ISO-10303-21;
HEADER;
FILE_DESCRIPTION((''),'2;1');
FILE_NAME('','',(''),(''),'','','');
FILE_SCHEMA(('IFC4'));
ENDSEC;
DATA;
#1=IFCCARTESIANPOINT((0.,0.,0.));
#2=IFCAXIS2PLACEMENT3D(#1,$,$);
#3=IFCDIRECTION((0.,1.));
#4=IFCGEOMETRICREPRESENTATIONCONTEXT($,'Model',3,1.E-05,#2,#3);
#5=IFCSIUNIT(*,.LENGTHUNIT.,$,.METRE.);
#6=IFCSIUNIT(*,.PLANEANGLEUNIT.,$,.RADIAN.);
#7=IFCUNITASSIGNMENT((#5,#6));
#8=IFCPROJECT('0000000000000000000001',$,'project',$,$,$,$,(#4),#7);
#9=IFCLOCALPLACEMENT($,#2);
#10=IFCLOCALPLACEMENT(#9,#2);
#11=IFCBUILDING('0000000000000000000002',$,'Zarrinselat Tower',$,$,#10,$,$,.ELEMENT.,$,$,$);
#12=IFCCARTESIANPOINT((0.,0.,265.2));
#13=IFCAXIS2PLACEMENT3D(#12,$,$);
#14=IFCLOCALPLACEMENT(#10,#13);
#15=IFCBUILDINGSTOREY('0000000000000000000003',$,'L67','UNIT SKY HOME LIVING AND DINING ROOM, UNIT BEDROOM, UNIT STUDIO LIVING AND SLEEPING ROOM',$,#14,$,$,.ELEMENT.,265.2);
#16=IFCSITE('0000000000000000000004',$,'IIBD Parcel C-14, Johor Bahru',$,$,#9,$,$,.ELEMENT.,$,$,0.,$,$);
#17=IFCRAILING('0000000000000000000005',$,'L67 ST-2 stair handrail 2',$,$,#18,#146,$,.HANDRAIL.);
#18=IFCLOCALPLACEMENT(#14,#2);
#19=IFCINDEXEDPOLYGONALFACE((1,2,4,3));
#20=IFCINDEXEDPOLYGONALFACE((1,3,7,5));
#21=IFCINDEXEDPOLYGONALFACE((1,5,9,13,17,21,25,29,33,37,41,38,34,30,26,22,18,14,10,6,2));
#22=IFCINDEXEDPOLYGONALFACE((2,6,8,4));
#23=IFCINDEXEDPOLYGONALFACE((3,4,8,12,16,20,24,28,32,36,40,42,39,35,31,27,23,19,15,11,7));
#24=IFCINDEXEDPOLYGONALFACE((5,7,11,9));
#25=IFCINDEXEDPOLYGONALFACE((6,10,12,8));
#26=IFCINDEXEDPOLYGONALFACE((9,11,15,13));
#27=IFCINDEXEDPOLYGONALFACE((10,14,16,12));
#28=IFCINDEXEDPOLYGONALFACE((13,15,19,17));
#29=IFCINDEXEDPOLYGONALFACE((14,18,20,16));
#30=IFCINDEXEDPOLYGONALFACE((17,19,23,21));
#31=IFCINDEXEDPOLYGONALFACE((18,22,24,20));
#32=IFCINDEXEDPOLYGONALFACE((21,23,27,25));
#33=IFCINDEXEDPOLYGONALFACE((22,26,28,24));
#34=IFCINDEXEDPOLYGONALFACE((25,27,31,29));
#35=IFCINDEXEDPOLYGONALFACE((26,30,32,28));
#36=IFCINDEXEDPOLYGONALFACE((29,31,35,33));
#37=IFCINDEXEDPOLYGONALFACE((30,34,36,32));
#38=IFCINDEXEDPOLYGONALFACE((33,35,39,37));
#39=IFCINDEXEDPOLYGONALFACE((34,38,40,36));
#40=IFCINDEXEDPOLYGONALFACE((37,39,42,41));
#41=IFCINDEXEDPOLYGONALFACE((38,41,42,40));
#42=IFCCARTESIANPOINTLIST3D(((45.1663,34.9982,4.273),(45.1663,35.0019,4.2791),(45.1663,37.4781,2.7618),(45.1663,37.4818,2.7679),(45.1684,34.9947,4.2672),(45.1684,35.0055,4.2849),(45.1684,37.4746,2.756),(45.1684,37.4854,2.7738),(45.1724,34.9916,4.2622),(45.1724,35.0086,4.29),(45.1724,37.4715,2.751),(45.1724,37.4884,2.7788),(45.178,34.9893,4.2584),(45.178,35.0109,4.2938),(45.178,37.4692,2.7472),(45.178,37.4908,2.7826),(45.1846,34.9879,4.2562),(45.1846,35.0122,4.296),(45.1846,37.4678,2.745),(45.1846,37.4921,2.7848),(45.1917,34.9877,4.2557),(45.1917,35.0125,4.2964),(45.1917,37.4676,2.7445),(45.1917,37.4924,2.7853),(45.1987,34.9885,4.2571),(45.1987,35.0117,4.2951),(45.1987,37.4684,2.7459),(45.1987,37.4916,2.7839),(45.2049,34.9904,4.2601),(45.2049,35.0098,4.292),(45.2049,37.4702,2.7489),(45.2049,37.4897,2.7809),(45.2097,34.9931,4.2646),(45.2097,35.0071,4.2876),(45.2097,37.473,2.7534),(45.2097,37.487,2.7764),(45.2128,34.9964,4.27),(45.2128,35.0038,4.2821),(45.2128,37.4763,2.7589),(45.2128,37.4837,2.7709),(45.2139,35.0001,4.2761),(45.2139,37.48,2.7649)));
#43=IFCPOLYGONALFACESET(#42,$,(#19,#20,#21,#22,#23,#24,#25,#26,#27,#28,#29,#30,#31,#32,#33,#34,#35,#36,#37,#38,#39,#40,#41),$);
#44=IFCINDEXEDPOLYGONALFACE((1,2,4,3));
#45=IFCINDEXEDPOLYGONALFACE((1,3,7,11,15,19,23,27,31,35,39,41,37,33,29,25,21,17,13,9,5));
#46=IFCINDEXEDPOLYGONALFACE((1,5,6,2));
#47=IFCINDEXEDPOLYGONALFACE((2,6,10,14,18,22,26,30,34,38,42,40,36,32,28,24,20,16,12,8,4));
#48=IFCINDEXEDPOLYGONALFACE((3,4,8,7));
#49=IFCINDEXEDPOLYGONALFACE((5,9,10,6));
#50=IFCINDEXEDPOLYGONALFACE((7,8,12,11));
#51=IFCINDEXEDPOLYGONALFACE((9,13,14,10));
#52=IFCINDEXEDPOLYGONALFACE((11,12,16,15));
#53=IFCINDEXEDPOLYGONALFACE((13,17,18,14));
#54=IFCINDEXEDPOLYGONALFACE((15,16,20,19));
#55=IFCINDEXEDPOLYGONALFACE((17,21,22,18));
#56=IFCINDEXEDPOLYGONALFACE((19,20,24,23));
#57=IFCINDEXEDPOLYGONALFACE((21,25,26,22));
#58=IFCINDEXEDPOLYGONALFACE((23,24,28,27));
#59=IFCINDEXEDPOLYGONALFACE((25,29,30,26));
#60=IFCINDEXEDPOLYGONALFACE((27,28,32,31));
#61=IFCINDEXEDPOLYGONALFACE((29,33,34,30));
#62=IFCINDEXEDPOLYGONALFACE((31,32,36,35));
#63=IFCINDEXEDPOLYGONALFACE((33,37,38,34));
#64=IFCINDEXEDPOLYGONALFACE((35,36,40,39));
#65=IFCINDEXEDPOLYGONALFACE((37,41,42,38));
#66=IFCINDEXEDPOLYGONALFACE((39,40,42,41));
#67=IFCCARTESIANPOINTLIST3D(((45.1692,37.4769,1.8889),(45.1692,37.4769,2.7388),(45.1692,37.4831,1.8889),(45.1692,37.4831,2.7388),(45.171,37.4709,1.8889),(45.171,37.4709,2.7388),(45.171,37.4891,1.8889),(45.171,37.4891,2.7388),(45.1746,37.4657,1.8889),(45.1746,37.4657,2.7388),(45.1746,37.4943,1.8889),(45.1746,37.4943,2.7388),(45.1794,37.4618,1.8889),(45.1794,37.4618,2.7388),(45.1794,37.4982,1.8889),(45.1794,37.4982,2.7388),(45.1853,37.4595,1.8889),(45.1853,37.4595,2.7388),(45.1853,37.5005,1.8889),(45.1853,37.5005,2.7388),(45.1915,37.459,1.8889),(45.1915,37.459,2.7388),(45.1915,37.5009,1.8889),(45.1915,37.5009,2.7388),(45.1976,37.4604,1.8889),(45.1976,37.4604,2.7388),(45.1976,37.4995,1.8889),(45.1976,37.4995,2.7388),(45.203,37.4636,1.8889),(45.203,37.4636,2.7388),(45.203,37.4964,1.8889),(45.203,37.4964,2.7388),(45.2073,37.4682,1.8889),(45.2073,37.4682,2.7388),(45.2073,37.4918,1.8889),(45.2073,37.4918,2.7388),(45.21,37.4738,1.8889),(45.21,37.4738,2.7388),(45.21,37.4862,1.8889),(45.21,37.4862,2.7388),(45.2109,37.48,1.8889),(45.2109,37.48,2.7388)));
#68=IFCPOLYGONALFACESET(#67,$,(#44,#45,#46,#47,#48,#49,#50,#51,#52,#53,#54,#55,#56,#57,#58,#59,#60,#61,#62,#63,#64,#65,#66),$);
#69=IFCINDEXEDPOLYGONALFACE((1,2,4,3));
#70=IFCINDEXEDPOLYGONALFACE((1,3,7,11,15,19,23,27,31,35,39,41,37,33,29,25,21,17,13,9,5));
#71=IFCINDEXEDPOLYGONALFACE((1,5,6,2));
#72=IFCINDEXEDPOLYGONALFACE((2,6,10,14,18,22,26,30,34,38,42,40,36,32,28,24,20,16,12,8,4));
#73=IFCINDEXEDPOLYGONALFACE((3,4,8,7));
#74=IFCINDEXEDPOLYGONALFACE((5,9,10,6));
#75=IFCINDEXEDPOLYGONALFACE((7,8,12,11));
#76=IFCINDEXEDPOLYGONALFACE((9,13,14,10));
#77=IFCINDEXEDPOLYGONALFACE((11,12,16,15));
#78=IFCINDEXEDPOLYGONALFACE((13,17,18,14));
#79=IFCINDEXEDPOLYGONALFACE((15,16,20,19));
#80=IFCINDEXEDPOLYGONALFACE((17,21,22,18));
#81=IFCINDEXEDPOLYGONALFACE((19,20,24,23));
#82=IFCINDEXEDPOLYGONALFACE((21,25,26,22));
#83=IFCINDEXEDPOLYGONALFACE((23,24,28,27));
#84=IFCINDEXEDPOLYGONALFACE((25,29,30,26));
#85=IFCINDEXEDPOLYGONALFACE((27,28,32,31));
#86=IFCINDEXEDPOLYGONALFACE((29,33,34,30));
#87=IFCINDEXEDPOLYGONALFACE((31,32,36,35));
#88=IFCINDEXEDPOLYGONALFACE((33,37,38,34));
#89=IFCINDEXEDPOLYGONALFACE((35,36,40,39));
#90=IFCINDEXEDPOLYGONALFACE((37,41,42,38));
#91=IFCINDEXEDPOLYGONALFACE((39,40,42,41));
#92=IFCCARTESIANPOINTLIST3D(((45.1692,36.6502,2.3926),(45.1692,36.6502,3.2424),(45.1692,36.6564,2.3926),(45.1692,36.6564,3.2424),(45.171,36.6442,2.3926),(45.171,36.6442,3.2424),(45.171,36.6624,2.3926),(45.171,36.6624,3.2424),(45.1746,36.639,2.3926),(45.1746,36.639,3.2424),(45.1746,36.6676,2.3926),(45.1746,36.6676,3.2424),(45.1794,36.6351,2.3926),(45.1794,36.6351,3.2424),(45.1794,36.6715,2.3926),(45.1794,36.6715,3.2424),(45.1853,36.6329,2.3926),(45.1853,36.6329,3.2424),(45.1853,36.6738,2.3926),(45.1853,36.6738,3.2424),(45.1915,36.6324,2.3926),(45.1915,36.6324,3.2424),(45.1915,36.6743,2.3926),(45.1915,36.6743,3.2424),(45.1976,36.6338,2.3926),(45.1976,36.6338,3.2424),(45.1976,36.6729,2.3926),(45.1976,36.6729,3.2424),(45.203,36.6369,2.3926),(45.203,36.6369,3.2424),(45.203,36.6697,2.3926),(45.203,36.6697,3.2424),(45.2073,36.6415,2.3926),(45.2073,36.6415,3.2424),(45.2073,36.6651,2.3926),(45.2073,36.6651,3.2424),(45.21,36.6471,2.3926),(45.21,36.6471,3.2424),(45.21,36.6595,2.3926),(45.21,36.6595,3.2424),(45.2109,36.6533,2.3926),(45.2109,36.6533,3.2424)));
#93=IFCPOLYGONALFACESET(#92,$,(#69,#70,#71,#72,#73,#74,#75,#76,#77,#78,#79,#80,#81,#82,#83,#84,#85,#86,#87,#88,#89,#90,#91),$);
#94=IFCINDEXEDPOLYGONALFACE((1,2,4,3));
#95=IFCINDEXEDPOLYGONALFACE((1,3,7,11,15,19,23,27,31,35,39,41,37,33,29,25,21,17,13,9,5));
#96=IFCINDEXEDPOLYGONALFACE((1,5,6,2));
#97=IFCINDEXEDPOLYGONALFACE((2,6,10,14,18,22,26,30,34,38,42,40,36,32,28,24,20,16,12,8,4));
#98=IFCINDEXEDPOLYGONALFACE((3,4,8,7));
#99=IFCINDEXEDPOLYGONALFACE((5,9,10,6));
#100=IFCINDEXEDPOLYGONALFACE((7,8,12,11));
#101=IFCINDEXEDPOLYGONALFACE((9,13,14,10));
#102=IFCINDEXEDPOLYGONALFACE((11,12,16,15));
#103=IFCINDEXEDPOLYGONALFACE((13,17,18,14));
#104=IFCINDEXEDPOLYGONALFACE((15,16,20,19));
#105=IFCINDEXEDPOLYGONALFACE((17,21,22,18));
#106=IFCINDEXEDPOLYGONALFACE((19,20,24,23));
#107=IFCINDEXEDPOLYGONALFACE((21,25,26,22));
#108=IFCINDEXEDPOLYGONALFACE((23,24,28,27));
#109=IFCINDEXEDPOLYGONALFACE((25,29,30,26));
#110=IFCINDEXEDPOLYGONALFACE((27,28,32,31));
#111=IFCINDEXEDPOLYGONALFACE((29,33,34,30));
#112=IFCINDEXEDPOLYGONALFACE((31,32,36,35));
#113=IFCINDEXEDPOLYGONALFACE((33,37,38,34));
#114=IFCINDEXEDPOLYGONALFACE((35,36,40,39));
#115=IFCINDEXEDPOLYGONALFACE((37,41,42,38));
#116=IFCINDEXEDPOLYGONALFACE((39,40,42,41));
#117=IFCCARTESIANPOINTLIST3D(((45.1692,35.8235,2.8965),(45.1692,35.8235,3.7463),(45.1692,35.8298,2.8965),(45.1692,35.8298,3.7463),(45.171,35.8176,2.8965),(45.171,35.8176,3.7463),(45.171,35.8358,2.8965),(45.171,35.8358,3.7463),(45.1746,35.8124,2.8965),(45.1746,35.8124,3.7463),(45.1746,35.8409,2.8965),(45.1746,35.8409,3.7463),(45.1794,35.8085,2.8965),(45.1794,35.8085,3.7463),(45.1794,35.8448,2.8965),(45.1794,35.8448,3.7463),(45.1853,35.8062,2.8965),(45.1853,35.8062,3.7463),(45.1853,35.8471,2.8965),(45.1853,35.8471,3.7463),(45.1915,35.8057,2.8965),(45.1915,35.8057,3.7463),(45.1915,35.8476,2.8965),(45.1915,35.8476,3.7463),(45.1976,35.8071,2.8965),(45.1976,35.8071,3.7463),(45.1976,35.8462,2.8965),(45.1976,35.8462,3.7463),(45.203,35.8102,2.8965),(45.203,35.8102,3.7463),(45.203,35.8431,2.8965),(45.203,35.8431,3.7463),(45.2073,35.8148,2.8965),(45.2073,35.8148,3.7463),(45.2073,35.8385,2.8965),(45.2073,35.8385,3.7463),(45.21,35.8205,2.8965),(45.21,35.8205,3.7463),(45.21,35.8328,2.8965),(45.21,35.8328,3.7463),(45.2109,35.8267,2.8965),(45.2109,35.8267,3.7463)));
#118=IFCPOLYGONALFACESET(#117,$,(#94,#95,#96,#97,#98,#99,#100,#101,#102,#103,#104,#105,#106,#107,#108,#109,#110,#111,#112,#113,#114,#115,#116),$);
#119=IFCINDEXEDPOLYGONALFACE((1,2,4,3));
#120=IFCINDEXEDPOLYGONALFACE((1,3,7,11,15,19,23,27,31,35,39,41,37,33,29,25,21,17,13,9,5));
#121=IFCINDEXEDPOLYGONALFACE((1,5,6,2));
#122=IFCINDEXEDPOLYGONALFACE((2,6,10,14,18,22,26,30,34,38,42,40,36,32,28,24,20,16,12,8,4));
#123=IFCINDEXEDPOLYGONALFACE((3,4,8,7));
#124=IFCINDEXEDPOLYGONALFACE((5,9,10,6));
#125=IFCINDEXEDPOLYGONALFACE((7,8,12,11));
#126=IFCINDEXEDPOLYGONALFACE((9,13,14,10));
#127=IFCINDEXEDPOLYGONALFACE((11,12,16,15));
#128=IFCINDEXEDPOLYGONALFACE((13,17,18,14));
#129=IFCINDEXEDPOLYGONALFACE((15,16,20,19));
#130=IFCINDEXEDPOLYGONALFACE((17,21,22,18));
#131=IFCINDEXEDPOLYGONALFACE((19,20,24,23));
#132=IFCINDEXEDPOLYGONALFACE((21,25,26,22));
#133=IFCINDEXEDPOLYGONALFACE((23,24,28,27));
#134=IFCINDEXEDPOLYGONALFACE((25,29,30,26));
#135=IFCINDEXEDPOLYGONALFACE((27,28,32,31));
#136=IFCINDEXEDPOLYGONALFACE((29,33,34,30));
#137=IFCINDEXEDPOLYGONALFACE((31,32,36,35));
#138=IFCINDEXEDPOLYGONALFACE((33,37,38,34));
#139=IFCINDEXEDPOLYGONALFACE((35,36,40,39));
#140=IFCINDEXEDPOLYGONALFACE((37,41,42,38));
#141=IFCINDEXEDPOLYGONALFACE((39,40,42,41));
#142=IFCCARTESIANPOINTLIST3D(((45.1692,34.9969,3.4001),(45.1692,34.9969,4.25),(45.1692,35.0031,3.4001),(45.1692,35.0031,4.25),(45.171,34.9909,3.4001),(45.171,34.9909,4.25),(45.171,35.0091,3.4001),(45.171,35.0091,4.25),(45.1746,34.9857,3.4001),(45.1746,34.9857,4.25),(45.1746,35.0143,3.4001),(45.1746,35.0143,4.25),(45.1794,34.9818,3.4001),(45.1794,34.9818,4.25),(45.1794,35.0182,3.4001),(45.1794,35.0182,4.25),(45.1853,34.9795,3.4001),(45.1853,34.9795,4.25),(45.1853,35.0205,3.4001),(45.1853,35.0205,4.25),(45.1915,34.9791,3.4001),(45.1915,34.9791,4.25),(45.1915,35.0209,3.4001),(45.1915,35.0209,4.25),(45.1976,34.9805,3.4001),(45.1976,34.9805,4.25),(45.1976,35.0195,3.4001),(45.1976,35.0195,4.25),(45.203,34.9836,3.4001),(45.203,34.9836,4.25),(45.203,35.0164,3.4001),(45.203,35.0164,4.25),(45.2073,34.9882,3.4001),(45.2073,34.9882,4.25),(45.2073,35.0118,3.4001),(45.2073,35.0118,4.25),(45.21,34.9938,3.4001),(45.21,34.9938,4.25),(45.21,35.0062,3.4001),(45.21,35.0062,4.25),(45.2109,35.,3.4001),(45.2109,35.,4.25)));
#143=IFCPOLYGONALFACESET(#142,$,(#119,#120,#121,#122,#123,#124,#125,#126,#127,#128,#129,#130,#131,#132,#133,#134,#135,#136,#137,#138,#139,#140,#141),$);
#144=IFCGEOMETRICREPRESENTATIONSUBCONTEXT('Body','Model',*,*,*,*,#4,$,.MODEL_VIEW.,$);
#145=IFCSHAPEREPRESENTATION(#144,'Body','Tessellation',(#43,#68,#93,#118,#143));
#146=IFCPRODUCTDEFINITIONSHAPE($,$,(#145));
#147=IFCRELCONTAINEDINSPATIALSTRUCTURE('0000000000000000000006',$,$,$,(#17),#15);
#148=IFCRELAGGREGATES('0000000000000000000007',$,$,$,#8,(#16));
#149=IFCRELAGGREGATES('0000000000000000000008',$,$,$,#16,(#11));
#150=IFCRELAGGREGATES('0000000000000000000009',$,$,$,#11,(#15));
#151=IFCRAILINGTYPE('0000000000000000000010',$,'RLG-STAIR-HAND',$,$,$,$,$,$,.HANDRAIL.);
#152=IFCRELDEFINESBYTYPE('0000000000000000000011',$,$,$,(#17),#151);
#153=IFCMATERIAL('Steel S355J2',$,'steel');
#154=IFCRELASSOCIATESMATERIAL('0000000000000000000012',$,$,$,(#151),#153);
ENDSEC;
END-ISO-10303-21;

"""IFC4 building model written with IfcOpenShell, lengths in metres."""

from ifc_helpers import new_model, si_unit, direction, frame, origin, origin_2d, place, context, subcontext, project, spatial, circle, extrude, material, type_object, element, save


model = new_model("IFC4")

# Units and contexts
model_context = context("Model", 3, precision=1e-05, world=origin(), true_north=direction((0.0, 1.0)))
body_context = subcontext(model_context, "Body", "Model", "MODEL_VIEW")
ifc_project = project(units=[si_unit("LENGTHUNIT", "METRE"), si_unit("PLANEANGLEUNIT", "RADIAN")], contexts=[model_context])

# Site, building, storey
site_placement = place(None, origin())
site = spatial("IfcSite", under=ifc_project, at=site_placement, Name="IIBD Parcel C-14, Johor Bahru", CompositionType="ELEMENT", RefElevation=0.0)
building_placement = place(site_placement, origin())
building = spatial("IfcBuilding", under=site, at=building_placement, Name="Zarrinselat Tower", CompositionType="ELEMENT")
storey_placement = place(building_placement, frame((0.0, 0.0, 265.2)))
storey = spatial("IfcBuildingStorey", under=building, at=storey_placement, Name="L67", Description="UNIT SKY HOME LIVING AND DINING ROOM, UNIT BEDROOM, UNIT STUDIO LIVING AND SLEEPING ROOM", CompositionType="ELEMENT", Elevation=265.2)

# Railing
ifc_material_1 = material(Name="Steel S355J2", Category="steel")
railing_type_1 = type_object("IfcRailingType", Name="RLG-STAIR-HAND", PredefinedType="HANDRAIL", material=ifc_material_1)
railing_1_placement = place(storey_placement, frame((45.1899, 37.48, 1.8889)))
element("IfcRailing", 1, at=railing_1_placement, inside=storey, type_object=railing_type_1, Name="L67 ST-2 stair handrail 2", PredefinedType="HANDRAIL", context=body_context, shape_type="SweptSolid", body=[
    extrude(circle(Radius=0.0239, at=origin_2d()), frame((0.0, 0.0, 0.876), z_axis=(0.0, -0.853942, 0.520368), x_axis=(1.0, 0.0, 0.0)), (0.0, 0.0, 1.0), 2.9041),
    extrude(circle(Radius=0.021, at=origin_2d()), origin(), (0.0, 0.0, 1.0), 0.8499),
    extrude(circle(Radius=0.021, at=origin_2d()), frame((0.0, -0.8267, 0.5037)), (0.0, 0.0, 1.0), 0.8499),
    extrude(circle(Radius=0.021, at=origin_2d()), frame((0.0, -1.6533, 1.0076)), (0.0, 0.0, 1.0), 0.8499),
    extrude(circle(Radius=0.021, at=origin_2d()), frame((0.0, -2.48, 1.5112)), (0.0, 0.0, 1.0), 0.8499),
])

save(model, "model.ifc")
